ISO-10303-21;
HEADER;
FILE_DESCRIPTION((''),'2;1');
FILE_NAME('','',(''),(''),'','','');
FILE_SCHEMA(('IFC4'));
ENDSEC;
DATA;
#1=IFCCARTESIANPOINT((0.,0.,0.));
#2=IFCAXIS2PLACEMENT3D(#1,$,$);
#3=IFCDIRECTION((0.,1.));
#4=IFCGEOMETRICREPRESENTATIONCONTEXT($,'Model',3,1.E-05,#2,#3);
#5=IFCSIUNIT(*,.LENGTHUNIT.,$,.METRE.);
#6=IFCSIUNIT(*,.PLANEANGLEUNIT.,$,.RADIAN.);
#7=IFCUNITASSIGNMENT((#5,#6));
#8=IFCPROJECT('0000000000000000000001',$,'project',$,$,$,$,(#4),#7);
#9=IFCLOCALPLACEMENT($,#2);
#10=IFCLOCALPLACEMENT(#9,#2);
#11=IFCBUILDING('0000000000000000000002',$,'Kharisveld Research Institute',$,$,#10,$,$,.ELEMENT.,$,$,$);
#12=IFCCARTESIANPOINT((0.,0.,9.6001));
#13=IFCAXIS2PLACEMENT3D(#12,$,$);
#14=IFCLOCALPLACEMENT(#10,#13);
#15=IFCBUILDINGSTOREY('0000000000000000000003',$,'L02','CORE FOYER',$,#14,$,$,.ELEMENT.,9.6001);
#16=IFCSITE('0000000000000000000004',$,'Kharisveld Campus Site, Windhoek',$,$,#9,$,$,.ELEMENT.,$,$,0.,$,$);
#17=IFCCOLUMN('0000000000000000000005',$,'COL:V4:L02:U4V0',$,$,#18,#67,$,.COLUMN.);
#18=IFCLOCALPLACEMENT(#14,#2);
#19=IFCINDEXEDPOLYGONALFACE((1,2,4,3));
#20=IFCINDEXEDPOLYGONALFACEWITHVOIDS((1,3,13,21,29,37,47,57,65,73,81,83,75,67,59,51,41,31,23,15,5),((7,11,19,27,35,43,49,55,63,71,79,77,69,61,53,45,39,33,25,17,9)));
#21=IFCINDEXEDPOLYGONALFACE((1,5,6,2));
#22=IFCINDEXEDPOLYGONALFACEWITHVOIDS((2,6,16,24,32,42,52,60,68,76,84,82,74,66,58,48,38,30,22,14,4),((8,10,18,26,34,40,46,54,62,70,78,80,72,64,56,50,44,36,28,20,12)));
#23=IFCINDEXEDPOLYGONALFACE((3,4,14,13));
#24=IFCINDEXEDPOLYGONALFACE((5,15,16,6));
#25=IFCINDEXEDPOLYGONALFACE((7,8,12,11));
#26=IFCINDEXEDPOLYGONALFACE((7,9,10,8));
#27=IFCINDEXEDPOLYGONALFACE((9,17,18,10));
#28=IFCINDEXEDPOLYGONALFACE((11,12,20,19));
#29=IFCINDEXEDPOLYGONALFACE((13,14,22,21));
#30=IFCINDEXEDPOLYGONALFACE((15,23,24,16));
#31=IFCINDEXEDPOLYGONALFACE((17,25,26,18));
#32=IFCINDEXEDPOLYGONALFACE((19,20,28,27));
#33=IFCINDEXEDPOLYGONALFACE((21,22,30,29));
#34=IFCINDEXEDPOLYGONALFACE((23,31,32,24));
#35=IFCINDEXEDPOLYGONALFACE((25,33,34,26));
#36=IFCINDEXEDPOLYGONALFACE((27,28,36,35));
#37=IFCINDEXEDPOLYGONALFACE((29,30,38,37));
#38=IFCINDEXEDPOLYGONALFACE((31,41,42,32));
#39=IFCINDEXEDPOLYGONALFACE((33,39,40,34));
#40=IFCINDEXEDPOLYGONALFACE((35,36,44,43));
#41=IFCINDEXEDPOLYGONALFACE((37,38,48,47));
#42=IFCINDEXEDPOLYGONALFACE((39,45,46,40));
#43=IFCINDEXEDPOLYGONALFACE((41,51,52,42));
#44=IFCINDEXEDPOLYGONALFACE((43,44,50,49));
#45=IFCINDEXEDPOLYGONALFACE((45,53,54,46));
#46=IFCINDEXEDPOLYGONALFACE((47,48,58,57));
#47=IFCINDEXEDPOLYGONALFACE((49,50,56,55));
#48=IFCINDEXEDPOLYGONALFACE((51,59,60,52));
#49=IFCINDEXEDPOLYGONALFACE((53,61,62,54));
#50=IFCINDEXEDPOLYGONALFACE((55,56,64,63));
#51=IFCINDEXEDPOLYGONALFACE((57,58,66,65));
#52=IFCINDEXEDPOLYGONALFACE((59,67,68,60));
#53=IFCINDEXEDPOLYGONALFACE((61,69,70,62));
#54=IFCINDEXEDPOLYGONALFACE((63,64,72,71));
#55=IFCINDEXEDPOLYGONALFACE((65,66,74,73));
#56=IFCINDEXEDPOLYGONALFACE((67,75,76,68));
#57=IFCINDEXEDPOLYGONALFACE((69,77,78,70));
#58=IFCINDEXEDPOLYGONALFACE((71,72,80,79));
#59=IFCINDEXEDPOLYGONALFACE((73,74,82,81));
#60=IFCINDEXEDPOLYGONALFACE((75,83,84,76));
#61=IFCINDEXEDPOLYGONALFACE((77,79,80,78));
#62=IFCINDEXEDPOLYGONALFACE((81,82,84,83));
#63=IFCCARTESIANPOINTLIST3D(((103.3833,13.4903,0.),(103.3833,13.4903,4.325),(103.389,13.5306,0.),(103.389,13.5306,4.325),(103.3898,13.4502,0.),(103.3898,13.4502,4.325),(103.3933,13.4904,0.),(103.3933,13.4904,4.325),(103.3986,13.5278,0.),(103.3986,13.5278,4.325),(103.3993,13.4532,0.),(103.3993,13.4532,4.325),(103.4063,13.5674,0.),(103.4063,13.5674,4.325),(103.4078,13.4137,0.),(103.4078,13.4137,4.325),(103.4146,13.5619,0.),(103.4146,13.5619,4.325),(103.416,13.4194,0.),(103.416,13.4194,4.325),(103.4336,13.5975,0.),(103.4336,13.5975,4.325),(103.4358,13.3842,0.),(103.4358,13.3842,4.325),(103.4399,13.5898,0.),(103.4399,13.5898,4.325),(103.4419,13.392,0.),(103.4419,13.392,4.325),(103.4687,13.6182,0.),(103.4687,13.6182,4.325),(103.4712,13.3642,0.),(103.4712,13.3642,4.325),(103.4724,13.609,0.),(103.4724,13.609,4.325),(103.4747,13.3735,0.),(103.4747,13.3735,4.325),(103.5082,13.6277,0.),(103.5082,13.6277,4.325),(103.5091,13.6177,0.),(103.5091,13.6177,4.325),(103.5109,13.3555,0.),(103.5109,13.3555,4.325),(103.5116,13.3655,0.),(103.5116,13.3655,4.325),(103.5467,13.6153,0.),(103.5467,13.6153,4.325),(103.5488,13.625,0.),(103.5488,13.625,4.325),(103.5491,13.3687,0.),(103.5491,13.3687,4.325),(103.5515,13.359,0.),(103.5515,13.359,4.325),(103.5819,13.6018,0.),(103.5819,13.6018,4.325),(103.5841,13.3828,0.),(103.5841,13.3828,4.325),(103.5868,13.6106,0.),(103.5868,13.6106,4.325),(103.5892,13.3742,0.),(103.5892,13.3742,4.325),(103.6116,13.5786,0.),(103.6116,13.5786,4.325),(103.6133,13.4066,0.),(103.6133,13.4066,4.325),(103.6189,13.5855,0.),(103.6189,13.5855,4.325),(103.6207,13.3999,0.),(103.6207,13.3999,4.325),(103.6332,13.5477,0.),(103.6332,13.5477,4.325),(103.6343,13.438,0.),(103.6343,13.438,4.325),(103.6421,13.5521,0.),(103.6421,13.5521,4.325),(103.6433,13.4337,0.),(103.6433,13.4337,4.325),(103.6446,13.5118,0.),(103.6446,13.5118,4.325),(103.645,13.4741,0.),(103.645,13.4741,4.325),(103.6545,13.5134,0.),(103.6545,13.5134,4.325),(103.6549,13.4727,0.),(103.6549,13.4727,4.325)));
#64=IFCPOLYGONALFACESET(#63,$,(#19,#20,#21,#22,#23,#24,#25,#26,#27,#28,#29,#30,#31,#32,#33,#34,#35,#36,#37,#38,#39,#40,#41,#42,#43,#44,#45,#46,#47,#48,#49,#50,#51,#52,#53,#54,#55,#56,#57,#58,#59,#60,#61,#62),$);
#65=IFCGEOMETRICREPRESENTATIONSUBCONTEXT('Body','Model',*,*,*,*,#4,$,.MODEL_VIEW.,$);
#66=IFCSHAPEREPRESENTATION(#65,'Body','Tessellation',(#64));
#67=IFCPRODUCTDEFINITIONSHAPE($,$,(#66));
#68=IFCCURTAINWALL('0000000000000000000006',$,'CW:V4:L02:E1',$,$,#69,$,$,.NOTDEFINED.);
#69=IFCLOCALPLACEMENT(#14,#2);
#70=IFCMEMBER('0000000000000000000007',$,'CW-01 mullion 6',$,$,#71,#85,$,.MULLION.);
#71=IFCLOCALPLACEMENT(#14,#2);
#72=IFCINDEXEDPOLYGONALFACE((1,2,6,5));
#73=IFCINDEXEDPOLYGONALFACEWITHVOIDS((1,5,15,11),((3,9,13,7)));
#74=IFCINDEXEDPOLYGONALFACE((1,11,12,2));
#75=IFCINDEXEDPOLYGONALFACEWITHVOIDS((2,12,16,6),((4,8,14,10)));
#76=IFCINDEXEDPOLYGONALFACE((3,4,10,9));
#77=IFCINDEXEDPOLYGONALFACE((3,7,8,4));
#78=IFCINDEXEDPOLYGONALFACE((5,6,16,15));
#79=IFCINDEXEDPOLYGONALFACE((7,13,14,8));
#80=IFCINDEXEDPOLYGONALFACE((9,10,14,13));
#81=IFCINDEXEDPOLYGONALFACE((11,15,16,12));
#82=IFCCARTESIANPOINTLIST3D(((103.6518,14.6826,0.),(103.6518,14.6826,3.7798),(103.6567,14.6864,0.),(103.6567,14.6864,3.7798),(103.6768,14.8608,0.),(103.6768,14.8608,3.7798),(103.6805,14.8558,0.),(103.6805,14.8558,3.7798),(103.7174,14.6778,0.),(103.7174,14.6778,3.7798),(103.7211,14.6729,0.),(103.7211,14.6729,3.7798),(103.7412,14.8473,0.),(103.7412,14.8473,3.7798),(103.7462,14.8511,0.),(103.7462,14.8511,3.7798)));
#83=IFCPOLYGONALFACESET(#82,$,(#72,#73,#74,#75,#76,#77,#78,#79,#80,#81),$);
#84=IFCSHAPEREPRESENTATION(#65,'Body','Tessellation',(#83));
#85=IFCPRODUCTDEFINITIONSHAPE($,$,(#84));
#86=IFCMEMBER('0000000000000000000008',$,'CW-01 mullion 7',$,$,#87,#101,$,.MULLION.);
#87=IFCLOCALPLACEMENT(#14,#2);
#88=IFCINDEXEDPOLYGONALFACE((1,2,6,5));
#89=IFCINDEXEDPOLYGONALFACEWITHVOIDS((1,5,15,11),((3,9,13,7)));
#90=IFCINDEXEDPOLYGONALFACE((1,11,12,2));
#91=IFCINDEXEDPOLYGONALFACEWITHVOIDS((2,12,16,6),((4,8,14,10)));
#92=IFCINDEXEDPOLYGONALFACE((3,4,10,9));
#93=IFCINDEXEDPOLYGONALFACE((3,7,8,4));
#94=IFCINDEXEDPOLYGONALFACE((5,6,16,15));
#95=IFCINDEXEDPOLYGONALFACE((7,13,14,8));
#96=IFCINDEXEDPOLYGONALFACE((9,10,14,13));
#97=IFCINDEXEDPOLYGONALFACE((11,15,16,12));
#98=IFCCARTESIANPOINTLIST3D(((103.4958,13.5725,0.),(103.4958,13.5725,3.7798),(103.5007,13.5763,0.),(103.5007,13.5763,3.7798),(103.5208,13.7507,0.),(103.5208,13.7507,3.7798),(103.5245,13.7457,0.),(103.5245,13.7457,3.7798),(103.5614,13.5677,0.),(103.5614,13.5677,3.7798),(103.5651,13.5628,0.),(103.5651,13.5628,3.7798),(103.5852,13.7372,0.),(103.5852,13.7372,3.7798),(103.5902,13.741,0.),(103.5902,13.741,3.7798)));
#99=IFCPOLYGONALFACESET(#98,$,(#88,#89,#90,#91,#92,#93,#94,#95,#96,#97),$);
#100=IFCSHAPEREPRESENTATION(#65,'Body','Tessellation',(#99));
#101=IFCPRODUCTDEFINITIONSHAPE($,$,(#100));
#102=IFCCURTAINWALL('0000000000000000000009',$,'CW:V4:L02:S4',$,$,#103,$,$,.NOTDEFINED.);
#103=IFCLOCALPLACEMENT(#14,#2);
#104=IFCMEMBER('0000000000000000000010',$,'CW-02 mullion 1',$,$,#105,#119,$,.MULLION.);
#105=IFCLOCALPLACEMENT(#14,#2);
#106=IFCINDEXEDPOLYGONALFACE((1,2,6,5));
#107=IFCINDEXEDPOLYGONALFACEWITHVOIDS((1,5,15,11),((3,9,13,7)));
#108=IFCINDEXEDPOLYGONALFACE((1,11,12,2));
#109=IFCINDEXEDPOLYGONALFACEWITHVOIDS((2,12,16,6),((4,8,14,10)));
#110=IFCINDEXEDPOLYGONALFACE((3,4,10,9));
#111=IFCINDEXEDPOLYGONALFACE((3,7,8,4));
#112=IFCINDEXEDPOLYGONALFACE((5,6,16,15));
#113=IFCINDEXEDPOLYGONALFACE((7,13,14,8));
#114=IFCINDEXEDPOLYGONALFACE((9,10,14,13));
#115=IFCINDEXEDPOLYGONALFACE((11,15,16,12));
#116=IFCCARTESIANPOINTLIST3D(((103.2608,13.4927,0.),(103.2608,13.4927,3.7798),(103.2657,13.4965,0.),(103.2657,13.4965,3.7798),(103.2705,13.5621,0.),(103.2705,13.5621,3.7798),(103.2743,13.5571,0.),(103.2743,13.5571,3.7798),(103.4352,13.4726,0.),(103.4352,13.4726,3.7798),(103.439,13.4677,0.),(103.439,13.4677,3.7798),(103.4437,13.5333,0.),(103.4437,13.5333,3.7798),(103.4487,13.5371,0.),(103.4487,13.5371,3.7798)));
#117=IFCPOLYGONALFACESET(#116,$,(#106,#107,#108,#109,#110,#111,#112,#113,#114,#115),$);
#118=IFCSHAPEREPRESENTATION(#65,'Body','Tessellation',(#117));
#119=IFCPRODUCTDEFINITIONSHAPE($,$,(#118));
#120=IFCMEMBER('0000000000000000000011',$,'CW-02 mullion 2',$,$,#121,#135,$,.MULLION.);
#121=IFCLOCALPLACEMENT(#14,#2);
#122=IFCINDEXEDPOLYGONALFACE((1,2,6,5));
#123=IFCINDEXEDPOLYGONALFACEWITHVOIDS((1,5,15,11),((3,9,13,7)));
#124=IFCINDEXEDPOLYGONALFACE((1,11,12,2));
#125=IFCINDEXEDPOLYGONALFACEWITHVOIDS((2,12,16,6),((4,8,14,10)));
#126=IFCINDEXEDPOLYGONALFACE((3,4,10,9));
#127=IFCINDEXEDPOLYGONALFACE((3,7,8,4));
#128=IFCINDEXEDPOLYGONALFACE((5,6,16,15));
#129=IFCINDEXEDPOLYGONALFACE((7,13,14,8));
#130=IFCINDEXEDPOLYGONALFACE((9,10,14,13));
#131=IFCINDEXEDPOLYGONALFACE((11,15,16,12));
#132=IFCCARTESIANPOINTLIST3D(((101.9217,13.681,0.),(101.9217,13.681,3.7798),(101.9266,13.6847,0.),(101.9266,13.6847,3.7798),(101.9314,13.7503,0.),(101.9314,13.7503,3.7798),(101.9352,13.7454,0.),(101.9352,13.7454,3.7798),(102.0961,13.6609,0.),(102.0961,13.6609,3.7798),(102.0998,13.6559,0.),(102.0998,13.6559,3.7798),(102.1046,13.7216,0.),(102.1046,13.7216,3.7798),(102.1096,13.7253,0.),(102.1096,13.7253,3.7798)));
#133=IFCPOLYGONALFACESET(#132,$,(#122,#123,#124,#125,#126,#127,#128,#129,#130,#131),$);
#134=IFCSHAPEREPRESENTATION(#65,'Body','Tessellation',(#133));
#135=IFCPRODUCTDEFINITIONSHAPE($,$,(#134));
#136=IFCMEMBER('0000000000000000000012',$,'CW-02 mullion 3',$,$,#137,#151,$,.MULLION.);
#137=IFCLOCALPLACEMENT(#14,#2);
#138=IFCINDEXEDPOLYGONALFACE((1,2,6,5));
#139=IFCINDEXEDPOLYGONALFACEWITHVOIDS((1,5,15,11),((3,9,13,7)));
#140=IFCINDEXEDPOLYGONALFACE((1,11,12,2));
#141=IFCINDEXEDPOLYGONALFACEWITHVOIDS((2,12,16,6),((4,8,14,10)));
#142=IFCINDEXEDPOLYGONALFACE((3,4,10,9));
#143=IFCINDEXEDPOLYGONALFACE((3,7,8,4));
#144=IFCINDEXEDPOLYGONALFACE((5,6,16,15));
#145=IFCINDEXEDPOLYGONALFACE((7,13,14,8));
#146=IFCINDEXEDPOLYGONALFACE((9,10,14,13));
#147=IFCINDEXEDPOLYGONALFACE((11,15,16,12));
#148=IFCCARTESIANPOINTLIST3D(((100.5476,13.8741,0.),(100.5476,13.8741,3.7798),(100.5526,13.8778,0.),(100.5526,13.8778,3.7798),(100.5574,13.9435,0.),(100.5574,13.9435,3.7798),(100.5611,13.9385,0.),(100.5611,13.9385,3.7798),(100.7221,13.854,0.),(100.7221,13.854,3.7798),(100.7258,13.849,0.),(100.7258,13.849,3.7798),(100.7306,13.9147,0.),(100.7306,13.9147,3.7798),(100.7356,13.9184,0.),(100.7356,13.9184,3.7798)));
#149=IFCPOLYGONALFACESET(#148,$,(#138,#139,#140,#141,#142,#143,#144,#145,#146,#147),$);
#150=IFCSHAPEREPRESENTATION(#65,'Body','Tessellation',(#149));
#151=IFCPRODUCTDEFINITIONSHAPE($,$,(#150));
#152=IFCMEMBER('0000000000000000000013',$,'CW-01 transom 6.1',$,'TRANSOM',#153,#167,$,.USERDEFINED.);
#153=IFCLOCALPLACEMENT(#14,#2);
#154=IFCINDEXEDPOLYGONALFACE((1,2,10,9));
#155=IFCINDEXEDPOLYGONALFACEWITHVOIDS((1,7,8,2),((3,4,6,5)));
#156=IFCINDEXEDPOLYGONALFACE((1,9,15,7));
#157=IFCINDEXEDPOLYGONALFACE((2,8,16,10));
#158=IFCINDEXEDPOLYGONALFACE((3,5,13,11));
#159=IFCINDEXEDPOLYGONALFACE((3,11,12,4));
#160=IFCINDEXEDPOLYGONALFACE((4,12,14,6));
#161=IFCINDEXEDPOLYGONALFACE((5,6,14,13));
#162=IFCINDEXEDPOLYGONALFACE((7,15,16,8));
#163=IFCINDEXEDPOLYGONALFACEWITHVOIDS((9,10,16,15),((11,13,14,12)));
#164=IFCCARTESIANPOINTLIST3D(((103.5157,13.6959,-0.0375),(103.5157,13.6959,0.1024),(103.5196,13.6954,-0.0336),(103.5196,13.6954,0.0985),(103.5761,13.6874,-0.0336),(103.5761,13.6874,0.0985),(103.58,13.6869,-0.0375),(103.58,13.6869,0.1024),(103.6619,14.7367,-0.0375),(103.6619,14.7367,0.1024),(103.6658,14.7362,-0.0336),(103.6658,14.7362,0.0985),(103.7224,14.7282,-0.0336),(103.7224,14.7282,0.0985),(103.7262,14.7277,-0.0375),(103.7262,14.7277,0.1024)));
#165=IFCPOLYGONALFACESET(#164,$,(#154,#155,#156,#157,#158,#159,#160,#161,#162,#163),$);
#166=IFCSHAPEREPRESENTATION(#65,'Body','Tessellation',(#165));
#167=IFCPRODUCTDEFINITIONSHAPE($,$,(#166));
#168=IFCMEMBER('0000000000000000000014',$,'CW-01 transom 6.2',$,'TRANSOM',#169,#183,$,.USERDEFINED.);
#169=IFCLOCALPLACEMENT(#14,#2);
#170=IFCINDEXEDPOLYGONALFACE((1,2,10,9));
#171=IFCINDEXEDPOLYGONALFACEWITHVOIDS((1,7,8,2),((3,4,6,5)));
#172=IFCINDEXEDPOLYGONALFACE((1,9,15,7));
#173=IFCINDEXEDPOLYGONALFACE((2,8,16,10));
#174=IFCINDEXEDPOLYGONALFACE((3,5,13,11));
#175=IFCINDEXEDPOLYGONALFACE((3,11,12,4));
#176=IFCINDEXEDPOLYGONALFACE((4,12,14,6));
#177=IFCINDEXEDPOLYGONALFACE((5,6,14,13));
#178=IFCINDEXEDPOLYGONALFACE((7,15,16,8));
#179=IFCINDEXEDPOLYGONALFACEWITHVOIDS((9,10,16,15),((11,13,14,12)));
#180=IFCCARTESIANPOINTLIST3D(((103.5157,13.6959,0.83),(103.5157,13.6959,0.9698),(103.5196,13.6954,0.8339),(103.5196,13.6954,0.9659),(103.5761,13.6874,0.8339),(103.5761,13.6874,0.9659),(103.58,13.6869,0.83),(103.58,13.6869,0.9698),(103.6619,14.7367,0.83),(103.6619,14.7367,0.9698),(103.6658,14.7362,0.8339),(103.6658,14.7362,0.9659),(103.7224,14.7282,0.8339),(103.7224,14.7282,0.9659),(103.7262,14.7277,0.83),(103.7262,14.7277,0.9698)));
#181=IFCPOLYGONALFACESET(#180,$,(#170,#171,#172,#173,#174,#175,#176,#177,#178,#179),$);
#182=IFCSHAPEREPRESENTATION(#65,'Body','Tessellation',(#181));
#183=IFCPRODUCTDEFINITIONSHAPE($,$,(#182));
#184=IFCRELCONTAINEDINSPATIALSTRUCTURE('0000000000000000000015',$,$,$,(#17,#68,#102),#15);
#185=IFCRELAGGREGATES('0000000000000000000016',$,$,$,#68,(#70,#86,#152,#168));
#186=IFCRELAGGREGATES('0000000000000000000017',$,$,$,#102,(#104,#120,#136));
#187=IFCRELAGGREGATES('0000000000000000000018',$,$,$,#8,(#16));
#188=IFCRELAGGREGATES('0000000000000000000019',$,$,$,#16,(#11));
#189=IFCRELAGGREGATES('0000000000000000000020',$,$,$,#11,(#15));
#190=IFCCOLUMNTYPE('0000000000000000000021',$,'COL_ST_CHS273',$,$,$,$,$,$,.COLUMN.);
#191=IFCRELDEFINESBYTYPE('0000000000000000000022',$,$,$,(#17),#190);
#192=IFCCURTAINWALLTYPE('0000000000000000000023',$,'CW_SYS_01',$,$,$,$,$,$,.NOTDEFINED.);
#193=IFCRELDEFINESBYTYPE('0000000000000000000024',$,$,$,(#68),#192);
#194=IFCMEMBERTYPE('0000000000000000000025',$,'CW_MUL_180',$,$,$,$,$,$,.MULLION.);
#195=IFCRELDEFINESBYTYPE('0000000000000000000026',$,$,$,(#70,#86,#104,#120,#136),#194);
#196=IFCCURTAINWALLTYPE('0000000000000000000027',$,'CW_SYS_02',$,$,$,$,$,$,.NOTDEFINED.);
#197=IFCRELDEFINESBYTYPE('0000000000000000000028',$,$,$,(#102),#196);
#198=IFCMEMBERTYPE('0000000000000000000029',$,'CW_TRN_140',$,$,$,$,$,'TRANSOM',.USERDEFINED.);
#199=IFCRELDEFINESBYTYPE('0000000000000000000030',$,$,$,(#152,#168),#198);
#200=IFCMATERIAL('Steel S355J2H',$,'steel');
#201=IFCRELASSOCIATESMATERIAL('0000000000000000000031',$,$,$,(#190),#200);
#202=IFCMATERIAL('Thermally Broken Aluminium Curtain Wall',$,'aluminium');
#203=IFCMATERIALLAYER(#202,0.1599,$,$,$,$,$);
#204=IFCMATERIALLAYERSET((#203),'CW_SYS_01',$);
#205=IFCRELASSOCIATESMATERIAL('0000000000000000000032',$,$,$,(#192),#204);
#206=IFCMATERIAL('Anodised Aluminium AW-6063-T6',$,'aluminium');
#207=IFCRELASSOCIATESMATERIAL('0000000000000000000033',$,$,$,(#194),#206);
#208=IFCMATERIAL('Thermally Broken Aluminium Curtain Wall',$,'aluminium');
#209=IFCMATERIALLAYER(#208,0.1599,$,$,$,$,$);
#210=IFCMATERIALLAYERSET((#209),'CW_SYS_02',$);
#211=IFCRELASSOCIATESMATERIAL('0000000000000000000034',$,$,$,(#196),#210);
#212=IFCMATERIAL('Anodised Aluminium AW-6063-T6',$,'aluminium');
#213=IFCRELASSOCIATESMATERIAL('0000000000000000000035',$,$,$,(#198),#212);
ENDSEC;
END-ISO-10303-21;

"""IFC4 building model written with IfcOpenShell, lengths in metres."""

from ifc_helpers import new_model, si_unit, direction, frame, origin, origin_2d, place, context, subcontext, project, spatial, hollow_rectangle, hollow_circle, extrude, material, layer, layer_set, material_profile, profile_set, type_object, element, aggregate, save


model = new_model("IFC4")

# Units and contexts
model_context = context("Model", 3, precision=1e-05, world=origin(), true_north=direction((0.0, 1.0)))
body_context = subcontext(model_context, "Body", "Model", "MODEL_VIEW")
ifc_project = project(units=[si_unit("LENGTHUNIT", "METRE"), si_unit("PLANEANGLEUNIT", "RADIAN")], contexts=[model_context])

# Site, building, storey
site_placement = place(None, origin())
site = spatial("IfcSite", under=ifc_project, at=site_placement, Name="Kharisveld Campus Site, Windhoek", CompositionType="ELEMENT", RefElevation=0.0)
building_placement = place(site_placement, origin())
building = spatial("IfcBuilding", under=site, at=building_placement, Name="Kharisveld Research Institute", CompositionType="ELEMENT")
storey_placement = place(building_placement, frame((0.0, 0.0, 9.6001)))
storey = spatial("IfcBuildingStorey", under=building, at=storey_placement, Name="L02", Description="CORE FOYER", CompositionType="ELEMENT", Elevation=9.6001)

# Column
ifc_material_1 = material(Name="Steel S355J2H", Category="steel")
ifc_material_profile_1 = material_profile(ifc_material_1, hollow_circle(Radius=0.1365, WallThickness=0.01, at=origin_2d()))
ifc_profile_set_1 = profile_set([ifc_material_profile_1], Name="Steel S355J2H")
column_type = type_object("IfcColumnType", Name="COL_ST_CHS273", PredefinedType="COLUMN", material=ifc_profile_set_1)
column_placement = place(storey_placement, frame((103.5198, 13.4917, 0.0), z_axis=(0.0, 0.0, 1.0), x_axis=(0.990268, -0.139173, 0.0)))
element("IfcColumn", 1, at=column_placement, inside=storey, type_object=column_type, Name="COL:V4:L02:U4V0", PredefinedType="COLUMN", context=body_context, shape_type="SweptSolid", body=[
    extrude(hollow_circle(Radius=0.1365, WallThickness=0.01, at=origin_2d()), origin(), (0.0, 0.0, 1.0), 4.325),
])

# Curtain walls, members
ifc_material_2 = material(Name="Thermally Broken Aluminium Curtain Wall", Category="aluminium")
ifc_layer_1 = layer(ifc_material_2, 0.1599)
ifc_layer_set_1 = layer_set([ifc_layer_1], Name="CW_SYS_01")
curtain_wall_type_1 = type_object("IfcCurtainWallType", Name="CW_SYS_01", PredefinedType="NOTDEFINED", material=ifc_layer_set_1)
curtain_wall_1_placement = place(storey_placement, origin())
curtain_wall_1 = element("IfcCurtainWall", 2, at=curtain_wall_1_placement, inside=storey, type_object=curtain_wall_type_1, Name="CW:V4:L02:E1", PredefinedType="NOTDEFINED")
ifc_material_3 = material(Name="Anodised Aluminium AW-6063-T6", Category="aluminium")
ifc_material_profile_2 = material_profile(ifc_material_3, hollow_rectangle(XDim=0.0701, YDim=0.1799, WallThickness=0.0044, at=origin_2d()))
ifc_profile_set_2 = profile_set([ifc_material_profile_2], Name="Anodised Aluminium AW-6063-T6")
member_type_1 = type_object("IfcMemberType", Name="CW_MUL_180", PredefinedType="MULLION", material=ifc_profile_set_2)
member_1_placement = place(storey_placement, frame((103.699, 14.7668, 0.0), z_axis=(0.0, 0.0, 1.0), x_axis=(0.990268, -0.139173, 0.0)))
member_1 = element("IfcMember", 3, at=member_1_placement, type_object=member_type_1, Name="CW-01 mullion 6", PredefinedType="MULLION", context=body_context, shape_type="SweptSolid", body=[
    extrude(hollow_rectangle(XDim=0.0701, YDim=0.1799, WallThickness=0.0044, at=origin_2d()), origin(), (0.0, 0.0, 1.0), 3.7798),
])
member_2_placement = place(storey_placement, frame((103.543, 13.6567, 0.0), z_axis=(0.0, 0.0, 1.0), x_axis=(0.990268, -0.139173, 0.0)))
member_2 = element("IfcMember", 4, at=member_2_placement, type_object=member_type_1, Name="CW-01 mullion 7", PredefinedType="MULLION", context=body_context, shape_type="SweptSolid", body=[
    extrude(hollow_rectangle(XDim=0.0701, YDim=0.1799, WallThickness=0.0044, at=origin_2d()), origin(), (0.0, 0.0, 1.0), 3.7798),
])
ifc_material_4 = material(Name="Thermally Broken Aluminium Curtain Wall", Category="aluminium")
ifc_layer_2 = layer(ifc_material_4, 0.1599)
ifc_layer_set_2 = layer_set([ifc_layer_2], Name="CW_SYS_02")
curtain_wall_type_2 = type_object("IfcCurtainWallType", Name="CW_SYS_02", PredefinedType="NOTDEFINED", material=ifc_layer_set_2)
curtain_wall_2_placement = place(storey_placement, origin())
curtain_wall_2 = element("IfcCurtainWall", 5, at=curtain_wall_2_placement, inside=storey, type_object=curtain_wall_type_2, Name="CW:V4:L02:S4", PredefinedType="NOTDEFINED")
member_3_placement = place(storey_placement, frame((103.3547, 13.5149, 0.0), z_axis=(0.0, 0.0, 1.0), x_axis=(-0.139173, -0.990268, 0.0)))
member_3 = element("IfcMember", 6, at=member_3_placement, type_object=member_type_1, Name="CW-02 mullion 1", PredefinedType="MULLION", context=body_context, shape_type="SweptSolid", body=[
    extrude(hollow_rectangle(XDim=0.0701, YDim=0.1799, WallThickness=0.0044, at=origin_2d()), origin(), (0.0, 0.0, 1.0), 3.7798),
])
member_4_placement = place(storey_placement, frame((102.0156, 13.7031, 0.0), z_axis=(0.0, 0.0, 1.0), x_axis=(-0.139173, -0.990268, 0.0)))
member_4 = element("IfcMember", 7, at=member_4_placement, type_object=member_type_1, Name="CW-02 mullion 2", PredefinedType="MULLION", context=body_context, shape_type="SweptSolid", body=[
    extrude(hollow_rectangle(XDim=0.0701, YDim=0.1799, WallThickness=0.0044, at=origin_2d()), origin(), (0.0, 0.0, 1.0), 3.7798),
])
member_5_placement = place(storey_placement, frame((100.6416, 13.8962, 0.0), z_axis=(0.0, 0.0, 1.0), x_axis=(-0.139173, -0.990268, 0.0)))
member_5 = element("IfcMember", 8, at=member_5_placement, type_object=member_type_1, Name="CW-02 mullion 3", PredefinedType="MULLION", context=body_context, shape_type="SweptSolid", body=[
    extrude(hollow_rectangle(XDim=0.0701, YDim=0.1799, WallThickness=0.0044, at=origin_2d()), origin(), (0.0, 0.0, 1.0), 3.7798),
])

# Members
ifc_material_5 = material(Name="Anodised Aluminium AW-6063-T6", Category="aluminium")
ifc_material_profile_3 = material_profile(ifc_material_5, hollow_rectangle(XDim=0.0649, YDim=0.1399, WallThickness=0.0039, at=origin_2d()))
ifc_profile_set_3 = profile_set([ifc_material_profile_3], Name="Anodised Aluminium AW-6063-T6")
member_type_2 = type_object("IfcMemberType", Name="CW_TRN_140", ElementType="TRANSOM", PredefinedType="USERDEFINED", material=ifc_profile_set_3)
member_6_placement = place(storey_placement, frame((103.6941, 14.7322, 0.0325), z_axis=(-0.139144, -0.990272, 0.0), x_axis=(0.990272, -0.139144, 0.0)))
member_6 = element("IfcMember", 9, at=member_6_placement, type_object=member_type_2, Name="CW-01 transom 6.1", ObjectType="TRANSOM", PredefinedType="USERDEFINED", context=body_context, shape_type="SweptSolid", body=[
    extrude(hollow_rectangle(XDim=0.0649, YDim=0.1399, WallThickness=0.0039, at=origin_2d()), origin(), (0.0, 0.0, 1.0), 1.051),
])
member_7_placement = place(storey_placement, frame((103.6941, 14.7322, 0.8999), z_axis=(-0.139144, -0.990272, 0.0), x_axis=(0.990272, -0.139144, 0.0)))
member_7 = element("IfcMember", 10, at=member_7_placement, type_object=member_type_2, Name="CW-01 transom 6.2", ObjectType="TRANSOM", PredefinedType="USERDEFINED", context=body_context, shape_type="SweptSolid", body=[
    extrude(hollow_rectangle(XDim=0.0649, YDim=0.1399, WallThickness=0.0039, at=origin_2d()), origin(), (0.0, 0.0, 1.0), 1.051),
])

aggregate(curtain_wall_1, [member_1, member_2, member_6, member_7])
aggregate(curtain_wall_2, [member_3, member_4, member_5])

save(model, "model.ifc")
